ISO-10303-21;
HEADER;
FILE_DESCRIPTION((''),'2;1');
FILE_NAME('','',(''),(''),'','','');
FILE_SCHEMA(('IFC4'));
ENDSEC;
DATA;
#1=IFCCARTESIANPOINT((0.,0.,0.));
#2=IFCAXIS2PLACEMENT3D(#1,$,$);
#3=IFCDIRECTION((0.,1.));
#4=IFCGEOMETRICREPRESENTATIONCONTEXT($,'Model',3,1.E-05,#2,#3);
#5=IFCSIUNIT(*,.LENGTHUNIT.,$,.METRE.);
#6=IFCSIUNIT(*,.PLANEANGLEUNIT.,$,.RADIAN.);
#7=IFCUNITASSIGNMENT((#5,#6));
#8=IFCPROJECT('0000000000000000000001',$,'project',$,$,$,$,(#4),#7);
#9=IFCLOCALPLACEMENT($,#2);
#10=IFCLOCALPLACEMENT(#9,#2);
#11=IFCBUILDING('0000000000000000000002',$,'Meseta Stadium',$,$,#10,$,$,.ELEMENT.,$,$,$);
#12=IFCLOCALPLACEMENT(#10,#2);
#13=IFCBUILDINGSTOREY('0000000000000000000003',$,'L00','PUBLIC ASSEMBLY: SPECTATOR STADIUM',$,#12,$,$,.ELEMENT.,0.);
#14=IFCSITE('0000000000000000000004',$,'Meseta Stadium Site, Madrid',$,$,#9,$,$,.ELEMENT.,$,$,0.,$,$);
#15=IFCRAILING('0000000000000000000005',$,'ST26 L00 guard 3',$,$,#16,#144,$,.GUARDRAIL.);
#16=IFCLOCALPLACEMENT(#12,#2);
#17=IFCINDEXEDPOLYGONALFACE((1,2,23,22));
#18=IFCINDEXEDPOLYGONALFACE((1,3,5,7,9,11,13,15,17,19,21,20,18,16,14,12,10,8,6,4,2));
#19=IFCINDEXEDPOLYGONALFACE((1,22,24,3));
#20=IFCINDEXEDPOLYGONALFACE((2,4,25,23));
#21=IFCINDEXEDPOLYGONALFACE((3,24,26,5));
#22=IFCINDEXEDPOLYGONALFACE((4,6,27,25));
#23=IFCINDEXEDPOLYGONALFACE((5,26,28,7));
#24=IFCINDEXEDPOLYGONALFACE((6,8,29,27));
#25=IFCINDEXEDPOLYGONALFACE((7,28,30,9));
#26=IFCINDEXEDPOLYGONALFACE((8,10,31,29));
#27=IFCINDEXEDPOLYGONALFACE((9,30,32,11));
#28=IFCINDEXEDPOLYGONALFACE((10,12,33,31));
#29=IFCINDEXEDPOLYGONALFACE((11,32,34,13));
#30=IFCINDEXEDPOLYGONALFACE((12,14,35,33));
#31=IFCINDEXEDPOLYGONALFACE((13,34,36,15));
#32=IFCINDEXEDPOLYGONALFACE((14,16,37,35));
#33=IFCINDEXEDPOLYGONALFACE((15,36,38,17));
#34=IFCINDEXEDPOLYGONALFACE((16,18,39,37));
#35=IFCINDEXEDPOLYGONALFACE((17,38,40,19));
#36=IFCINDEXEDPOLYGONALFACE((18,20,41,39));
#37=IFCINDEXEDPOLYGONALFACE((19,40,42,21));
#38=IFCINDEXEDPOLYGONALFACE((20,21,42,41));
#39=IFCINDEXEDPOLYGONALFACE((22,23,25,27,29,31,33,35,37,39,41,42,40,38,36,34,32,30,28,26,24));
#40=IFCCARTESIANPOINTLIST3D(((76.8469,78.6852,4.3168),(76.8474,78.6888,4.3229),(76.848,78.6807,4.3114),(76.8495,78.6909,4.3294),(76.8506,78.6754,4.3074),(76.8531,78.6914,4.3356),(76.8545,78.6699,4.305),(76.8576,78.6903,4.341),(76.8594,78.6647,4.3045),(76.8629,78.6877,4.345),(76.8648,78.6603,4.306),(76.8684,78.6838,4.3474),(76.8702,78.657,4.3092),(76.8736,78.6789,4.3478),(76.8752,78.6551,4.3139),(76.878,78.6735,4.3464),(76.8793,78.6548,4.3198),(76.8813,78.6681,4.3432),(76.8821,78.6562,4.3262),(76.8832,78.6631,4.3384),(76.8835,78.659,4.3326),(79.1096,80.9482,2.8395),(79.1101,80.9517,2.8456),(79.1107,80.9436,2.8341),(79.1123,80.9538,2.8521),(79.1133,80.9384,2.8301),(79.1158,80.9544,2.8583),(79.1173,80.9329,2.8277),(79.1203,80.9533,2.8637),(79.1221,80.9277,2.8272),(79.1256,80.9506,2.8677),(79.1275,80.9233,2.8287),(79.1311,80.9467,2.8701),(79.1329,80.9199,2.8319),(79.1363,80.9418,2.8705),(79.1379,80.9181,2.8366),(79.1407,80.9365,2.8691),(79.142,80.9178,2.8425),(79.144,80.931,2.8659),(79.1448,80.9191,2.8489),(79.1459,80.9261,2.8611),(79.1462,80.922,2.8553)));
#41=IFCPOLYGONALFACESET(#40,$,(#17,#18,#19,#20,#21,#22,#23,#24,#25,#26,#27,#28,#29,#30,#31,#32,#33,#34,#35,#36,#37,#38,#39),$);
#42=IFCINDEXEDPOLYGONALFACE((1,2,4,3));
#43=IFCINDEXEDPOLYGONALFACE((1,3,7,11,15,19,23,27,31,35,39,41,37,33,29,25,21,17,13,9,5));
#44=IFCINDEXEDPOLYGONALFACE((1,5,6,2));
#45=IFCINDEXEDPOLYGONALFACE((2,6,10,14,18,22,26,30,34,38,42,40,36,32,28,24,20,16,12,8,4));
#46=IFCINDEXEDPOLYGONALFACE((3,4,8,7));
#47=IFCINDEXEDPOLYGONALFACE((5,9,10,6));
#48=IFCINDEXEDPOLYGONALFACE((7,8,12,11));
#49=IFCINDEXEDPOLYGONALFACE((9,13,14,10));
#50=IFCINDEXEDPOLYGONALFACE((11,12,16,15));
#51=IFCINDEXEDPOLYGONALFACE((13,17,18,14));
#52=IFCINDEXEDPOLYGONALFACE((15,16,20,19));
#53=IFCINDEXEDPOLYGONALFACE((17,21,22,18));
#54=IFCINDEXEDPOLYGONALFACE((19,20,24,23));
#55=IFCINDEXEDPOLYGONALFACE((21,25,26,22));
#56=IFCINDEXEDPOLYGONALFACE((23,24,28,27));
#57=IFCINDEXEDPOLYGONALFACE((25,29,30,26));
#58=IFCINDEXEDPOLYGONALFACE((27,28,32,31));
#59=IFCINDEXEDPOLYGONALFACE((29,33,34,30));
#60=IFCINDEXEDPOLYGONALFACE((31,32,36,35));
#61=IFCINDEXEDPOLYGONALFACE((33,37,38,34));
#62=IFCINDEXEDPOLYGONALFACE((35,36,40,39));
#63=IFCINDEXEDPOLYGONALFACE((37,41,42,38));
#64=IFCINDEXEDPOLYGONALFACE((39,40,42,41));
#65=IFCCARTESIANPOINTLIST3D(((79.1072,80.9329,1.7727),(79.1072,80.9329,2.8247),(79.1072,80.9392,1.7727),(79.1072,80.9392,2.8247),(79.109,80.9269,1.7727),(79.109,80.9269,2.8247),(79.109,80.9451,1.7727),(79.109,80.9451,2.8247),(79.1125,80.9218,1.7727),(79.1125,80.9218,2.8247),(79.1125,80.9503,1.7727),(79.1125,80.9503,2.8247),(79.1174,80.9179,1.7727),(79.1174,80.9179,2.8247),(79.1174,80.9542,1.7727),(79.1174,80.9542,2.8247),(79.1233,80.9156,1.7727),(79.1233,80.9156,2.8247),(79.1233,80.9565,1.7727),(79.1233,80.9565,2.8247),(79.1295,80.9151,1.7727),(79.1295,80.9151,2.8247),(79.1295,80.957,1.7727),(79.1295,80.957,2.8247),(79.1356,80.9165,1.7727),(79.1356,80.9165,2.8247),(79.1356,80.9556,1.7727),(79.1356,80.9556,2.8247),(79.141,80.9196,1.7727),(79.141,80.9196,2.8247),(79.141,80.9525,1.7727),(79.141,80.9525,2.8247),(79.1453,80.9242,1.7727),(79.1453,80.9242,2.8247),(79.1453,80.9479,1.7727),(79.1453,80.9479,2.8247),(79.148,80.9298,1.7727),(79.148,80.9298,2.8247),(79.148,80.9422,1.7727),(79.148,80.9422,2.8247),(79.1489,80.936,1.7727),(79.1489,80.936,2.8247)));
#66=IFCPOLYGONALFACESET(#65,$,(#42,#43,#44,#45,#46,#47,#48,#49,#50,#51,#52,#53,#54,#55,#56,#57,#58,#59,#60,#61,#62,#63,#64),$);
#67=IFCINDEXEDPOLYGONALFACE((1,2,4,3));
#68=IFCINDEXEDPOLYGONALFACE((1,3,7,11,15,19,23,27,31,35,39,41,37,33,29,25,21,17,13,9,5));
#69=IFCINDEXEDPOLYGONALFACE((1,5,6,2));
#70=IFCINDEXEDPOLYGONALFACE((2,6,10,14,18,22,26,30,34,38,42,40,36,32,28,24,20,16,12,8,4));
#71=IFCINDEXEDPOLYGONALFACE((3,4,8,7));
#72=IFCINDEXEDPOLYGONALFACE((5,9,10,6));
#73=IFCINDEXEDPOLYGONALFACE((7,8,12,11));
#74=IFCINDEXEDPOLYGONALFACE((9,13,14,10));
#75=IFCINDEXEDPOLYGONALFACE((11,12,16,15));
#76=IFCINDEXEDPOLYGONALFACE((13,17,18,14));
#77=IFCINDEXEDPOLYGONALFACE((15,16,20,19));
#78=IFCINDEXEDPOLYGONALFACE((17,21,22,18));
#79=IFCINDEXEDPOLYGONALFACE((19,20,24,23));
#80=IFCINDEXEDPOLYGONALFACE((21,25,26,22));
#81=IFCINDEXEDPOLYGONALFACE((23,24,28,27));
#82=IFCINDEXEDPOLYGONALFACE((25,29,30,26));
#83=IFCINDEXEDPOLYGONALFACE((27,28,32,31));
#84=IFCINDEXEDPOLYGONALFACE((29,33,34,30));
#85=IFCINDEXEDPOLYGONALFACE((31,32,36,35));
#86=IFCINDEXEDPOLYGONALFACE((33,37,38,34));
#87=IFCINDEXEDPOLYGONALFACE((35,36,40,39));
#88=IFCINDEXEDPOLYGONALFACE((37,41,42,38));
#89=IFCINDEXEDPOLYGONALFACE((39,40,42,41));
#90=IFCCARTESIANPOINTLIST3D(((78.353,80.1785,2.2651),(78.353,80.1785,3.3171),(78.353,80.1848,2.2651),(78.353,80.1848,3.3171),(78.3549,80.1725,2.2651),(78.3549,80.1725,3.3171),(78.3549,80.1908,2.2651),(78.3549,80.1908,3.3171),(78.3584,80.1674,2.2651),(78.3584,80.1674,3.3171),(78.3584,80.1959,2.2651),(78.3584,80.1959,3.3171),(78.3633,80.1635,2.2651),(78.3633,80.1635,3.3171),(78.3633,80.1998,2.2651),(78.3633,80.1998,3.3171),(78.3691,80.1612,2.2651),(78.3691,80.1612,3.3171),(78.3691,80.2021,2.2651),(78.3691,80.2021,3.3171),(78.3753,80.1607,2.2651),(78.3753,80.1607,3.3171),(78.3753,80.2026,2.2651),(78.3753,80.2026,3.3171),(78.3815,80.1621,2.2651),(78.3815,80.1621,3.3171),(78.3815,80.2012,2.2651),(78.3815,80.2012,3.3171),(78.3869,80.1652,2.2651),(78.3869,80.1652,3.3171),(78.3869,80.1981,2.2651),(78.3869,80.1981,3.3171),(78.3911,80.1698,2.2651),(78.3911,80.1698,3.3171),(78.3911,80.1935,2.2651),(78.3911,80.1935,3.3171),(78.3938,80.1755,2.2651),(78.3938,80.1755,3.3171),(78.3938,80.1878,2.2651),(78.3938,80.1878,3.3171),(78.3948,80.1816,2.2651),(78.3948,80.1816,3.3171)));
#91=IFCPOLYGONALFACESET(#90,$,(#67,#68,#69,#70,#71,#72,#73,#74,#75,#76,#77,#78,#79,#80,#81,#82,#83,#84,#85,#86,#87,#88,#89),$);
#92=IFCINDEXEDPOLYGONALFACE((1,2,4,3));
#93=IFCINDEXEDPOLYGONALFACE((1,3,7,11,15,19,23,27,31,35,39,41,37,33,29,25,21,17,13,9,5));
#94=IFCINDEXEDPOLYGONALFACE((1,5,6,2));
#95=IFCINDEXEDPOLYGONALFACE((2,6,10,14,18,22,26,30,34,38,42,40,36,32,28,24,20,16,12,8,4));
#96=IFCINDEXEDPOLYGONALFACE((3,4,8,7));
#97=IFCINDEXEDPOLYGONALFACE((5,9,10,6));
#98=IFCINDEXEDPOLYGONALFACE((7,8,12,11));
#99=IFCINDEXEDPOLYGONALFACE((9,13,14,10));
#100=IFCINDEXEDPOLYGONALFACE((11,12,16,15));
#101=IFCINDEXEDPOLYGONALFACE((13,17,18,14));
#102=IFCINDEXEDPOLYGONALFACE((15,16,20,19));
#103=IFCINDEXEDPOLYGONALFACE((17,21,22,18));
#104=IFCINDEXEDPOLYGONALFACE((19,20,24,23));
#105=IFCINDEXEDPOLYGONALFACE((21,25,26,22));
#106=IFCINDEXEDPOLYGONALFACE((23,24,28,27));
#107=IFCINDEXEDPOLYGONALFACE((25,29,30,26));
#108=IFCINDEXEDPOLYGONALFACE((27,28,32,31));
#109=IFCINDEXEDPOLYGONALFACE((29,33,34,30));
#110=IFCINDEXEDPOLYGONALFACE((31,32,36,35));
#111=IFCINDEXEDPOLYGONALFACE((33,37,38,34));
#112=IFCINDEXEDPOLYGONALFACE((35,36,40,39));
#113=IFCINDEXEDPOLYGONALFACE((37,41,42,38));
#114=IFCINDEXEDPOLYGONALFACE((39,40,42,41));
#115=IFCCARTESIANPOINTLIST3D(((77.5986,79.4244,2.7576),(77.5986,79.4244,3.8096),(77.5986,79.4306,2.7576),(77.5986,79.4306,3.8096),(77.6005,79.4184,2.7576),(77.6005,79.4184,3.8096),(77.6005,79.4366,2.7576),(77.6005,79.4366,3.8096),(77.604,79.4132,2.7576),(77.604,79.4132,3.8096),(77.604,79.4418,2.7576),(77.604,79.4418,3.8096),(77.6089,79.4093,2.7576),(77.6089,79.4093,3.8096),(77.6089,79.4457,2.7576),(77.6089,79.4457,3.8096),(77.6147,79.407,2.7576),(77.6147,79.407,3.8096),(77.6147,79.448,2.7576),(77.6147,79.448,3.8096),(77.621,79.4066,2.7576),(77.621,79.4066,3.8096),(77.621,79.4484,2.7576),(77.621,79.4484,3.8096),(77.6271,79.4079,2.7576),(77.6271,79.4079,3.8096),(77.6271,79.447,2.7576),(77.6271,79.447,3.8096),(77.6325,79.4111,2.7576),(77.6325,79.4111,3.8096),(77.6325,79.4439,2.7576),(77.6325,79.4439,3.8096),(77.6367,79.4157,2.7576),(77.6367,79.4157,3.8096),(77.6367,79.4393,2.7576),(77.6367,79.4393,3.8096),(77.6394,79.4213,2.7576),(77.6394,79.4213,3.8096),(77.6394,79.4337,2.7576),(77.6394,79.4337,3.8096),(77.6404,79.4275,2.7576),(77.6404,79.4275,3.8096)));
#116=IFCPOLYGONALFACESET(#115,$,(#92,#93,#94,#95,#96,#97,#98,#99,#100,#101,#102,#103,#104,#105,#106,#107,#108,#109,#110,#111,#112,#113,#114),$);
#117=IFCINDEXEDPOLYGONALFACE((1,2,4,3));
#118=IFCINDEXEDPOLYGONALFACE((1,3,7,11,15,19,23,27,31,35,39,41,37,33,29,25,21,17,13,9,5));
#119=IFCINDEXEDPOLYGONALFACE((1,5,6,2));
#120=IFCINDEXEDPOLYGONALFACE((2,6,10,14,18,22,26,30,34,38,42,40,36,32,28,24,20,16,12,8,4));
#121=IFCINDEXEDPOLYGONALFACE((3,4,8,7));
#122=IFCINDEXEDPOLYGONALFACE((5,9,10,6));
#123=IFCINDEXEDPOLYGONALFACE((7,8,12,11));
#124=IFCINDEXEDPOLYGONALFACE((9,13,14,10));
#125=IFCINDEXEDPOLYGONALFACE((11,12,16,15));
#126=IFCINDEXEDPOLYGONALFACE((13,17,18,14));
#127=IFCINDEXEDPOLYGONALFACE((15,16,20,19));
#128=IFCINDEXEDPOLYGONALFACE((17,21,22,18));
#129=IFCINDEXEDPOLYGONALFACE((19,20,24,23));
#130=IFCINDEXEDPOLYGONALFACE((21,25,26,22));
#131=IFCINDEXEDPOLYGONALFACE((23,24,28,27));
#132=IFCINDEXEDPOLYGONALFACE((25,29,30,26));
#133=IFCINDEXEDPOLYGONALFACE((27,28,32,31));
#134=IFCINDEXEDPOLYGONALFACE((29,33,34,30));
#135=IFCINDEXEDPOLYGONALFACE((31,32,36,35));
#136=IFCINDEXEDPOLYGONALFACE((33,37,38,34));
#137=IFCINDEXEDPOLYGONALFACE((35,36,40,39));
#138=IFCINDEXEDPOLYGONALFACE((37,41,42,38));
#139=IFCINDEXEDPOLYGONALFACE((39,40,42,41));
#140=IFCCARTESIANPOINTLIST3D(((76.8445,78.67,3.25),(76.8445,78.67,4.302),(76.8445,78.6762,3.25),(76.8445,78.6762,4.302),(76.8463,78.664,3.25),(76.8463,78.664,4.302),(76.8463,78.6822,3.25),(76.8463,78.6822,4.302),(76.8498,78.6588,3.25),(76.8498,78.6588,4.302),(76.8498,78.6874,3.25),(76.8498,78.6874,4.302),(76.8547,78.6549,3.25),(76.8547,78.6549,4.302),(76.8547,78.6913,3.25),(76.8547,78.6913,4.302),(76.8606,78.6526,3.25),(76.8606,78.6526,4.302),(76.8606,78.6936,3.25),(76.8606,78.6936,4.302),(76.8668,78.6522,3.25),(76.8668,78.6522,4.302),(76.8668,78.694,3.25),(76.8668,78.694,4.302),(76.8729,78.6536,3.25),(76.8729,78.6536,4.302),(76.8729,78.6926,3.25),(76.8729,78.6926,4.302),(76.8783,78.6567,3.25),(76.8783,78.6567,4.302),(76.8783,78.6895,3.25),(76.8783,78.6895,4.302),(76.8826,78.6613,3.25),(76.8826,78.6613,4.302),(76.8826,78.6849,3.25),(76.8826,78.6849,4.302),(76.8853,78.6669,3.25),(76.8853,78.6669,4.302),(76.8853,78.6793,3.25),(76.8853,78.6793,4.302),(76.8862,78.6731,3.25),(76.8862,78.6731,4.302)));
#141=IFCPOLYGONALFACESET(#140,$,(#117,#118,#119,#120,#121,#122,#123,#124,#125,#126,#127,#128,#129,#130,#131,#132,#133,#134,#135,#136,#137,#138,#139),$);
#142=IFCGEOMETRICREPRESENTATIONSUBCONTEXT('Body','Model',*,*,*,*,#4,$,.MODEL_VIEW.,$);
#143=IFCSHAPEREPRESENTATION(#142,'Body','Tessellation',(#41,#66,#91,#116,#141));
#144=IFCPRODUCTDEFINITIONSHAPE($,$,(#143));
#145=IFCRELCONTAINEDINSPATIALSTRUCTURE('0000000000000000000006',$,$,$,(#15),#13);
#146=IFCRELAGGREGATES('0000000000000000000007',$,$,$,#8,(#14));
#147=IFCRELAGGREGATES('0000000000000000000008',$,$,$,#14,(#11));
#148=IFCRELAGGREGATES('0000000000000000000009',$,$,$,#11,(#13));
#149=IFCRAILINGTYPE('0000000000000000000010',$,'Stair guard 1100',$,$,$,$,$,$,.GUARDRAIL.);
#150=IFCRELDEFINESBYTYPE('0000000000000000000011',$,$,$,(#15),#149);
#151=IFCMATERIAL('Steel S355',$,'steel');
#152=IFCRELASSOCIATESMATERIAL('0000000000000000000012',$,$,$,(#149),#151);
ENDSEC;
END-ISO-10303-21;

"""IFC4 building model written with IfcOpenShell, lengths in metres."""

from ifc_helpers import new_model, si_unit, direction, frame, origin, origin_2d, place, context, subcontext, project, spatial, circle, extrude, material, type_object, element, save


model = new_model("IFC4")

# Units and contexts
model_context = context("Model", 3, precision=1e-05, world=origin(), true_north=direction((0.0, 1.0)))
body_context = subcontext(model_context, "Body", "Model", "MODEL_VIEW")
ifc_project = project(units=[si_unit("LENGTHUNIT", "METRE"), si_unit("PLANEANGLEUNIT", "RADIAN")], contexts=[model_context])

# Site, building, storey
site_placement = place(None, origin())
site = spatial("IfcSite", under=ifc_project, at=site_placement, Name="Meseta Stadium Site, Madrid", CompositionType="ELEMENT", RefElevation=0.0)
building_placement = place(site_placement, origin())
building = spatial("IfcBuilding", under=site, at=building_placement, Name="Meseta Stadium", CompositionType="ELEMENT")
storey_placement = place(building_placement, origin())
storey = spatial("IfcBuildingStorey", under=building, at=storey_placement, Name="L00", Description="PUBLIC ASSEMBLY: SPECTATOR STADIUM", CompositionType="ELEMENT", Elevation=0.0)

# Railing
ifc_material_1 = material(Name="Steel S355", Category="steel")
railing_type_1 = type_object("IfcRailingType", Name="Stair guard 1100", PredefinedType="GUARDRAIL", material=ifc_material_1)
railing_1_placement = place(storey_placement, frame((79.1279, 80.936, 1.7727)))
element("IfcRailing", 1, at=railing_1_placement, inside=storey, type_object=railing_type_1, Name="ST26 L00 guard 3", PredefinedType="GUARDRAIL", context=body_context, shape_type="SweptSolid", body=[
    extrude(circle(Radius=0.0239, at=origin_2d()), frame((0.0, 0.0, 1.0762), z_axis=(-0.641965, -0.642034, 0.419134), x_axis=(0.707145, -0.707069, 0.0)), (0.0, 0.0, 1.0), 3.5247),
    extrude(circle(Radius=0.021, at=origin_2d()), origin(), (0.0, 0.0, 1.0), 1.052),
    extrude(circle(Radius=0.021, at=origin_2d()), frame((-0.7542, -0.7544, 0.4924)), (0.0, 0.0, 1.0), 1.052),
    extrude(circle(Radius=0.021, at=origin_2d()), frame((-1.5085, -1.5085, 0.9849)), (0.0, 0.0, 1.0), 1.052),
    extrude(circle(Radius=0.021, at=origin_2d()), frame((-2.2627, -2.2629, 1.4773)), (0.0, 0.0, 1.0), 1.052),
])

save(model, "model.ifc")
